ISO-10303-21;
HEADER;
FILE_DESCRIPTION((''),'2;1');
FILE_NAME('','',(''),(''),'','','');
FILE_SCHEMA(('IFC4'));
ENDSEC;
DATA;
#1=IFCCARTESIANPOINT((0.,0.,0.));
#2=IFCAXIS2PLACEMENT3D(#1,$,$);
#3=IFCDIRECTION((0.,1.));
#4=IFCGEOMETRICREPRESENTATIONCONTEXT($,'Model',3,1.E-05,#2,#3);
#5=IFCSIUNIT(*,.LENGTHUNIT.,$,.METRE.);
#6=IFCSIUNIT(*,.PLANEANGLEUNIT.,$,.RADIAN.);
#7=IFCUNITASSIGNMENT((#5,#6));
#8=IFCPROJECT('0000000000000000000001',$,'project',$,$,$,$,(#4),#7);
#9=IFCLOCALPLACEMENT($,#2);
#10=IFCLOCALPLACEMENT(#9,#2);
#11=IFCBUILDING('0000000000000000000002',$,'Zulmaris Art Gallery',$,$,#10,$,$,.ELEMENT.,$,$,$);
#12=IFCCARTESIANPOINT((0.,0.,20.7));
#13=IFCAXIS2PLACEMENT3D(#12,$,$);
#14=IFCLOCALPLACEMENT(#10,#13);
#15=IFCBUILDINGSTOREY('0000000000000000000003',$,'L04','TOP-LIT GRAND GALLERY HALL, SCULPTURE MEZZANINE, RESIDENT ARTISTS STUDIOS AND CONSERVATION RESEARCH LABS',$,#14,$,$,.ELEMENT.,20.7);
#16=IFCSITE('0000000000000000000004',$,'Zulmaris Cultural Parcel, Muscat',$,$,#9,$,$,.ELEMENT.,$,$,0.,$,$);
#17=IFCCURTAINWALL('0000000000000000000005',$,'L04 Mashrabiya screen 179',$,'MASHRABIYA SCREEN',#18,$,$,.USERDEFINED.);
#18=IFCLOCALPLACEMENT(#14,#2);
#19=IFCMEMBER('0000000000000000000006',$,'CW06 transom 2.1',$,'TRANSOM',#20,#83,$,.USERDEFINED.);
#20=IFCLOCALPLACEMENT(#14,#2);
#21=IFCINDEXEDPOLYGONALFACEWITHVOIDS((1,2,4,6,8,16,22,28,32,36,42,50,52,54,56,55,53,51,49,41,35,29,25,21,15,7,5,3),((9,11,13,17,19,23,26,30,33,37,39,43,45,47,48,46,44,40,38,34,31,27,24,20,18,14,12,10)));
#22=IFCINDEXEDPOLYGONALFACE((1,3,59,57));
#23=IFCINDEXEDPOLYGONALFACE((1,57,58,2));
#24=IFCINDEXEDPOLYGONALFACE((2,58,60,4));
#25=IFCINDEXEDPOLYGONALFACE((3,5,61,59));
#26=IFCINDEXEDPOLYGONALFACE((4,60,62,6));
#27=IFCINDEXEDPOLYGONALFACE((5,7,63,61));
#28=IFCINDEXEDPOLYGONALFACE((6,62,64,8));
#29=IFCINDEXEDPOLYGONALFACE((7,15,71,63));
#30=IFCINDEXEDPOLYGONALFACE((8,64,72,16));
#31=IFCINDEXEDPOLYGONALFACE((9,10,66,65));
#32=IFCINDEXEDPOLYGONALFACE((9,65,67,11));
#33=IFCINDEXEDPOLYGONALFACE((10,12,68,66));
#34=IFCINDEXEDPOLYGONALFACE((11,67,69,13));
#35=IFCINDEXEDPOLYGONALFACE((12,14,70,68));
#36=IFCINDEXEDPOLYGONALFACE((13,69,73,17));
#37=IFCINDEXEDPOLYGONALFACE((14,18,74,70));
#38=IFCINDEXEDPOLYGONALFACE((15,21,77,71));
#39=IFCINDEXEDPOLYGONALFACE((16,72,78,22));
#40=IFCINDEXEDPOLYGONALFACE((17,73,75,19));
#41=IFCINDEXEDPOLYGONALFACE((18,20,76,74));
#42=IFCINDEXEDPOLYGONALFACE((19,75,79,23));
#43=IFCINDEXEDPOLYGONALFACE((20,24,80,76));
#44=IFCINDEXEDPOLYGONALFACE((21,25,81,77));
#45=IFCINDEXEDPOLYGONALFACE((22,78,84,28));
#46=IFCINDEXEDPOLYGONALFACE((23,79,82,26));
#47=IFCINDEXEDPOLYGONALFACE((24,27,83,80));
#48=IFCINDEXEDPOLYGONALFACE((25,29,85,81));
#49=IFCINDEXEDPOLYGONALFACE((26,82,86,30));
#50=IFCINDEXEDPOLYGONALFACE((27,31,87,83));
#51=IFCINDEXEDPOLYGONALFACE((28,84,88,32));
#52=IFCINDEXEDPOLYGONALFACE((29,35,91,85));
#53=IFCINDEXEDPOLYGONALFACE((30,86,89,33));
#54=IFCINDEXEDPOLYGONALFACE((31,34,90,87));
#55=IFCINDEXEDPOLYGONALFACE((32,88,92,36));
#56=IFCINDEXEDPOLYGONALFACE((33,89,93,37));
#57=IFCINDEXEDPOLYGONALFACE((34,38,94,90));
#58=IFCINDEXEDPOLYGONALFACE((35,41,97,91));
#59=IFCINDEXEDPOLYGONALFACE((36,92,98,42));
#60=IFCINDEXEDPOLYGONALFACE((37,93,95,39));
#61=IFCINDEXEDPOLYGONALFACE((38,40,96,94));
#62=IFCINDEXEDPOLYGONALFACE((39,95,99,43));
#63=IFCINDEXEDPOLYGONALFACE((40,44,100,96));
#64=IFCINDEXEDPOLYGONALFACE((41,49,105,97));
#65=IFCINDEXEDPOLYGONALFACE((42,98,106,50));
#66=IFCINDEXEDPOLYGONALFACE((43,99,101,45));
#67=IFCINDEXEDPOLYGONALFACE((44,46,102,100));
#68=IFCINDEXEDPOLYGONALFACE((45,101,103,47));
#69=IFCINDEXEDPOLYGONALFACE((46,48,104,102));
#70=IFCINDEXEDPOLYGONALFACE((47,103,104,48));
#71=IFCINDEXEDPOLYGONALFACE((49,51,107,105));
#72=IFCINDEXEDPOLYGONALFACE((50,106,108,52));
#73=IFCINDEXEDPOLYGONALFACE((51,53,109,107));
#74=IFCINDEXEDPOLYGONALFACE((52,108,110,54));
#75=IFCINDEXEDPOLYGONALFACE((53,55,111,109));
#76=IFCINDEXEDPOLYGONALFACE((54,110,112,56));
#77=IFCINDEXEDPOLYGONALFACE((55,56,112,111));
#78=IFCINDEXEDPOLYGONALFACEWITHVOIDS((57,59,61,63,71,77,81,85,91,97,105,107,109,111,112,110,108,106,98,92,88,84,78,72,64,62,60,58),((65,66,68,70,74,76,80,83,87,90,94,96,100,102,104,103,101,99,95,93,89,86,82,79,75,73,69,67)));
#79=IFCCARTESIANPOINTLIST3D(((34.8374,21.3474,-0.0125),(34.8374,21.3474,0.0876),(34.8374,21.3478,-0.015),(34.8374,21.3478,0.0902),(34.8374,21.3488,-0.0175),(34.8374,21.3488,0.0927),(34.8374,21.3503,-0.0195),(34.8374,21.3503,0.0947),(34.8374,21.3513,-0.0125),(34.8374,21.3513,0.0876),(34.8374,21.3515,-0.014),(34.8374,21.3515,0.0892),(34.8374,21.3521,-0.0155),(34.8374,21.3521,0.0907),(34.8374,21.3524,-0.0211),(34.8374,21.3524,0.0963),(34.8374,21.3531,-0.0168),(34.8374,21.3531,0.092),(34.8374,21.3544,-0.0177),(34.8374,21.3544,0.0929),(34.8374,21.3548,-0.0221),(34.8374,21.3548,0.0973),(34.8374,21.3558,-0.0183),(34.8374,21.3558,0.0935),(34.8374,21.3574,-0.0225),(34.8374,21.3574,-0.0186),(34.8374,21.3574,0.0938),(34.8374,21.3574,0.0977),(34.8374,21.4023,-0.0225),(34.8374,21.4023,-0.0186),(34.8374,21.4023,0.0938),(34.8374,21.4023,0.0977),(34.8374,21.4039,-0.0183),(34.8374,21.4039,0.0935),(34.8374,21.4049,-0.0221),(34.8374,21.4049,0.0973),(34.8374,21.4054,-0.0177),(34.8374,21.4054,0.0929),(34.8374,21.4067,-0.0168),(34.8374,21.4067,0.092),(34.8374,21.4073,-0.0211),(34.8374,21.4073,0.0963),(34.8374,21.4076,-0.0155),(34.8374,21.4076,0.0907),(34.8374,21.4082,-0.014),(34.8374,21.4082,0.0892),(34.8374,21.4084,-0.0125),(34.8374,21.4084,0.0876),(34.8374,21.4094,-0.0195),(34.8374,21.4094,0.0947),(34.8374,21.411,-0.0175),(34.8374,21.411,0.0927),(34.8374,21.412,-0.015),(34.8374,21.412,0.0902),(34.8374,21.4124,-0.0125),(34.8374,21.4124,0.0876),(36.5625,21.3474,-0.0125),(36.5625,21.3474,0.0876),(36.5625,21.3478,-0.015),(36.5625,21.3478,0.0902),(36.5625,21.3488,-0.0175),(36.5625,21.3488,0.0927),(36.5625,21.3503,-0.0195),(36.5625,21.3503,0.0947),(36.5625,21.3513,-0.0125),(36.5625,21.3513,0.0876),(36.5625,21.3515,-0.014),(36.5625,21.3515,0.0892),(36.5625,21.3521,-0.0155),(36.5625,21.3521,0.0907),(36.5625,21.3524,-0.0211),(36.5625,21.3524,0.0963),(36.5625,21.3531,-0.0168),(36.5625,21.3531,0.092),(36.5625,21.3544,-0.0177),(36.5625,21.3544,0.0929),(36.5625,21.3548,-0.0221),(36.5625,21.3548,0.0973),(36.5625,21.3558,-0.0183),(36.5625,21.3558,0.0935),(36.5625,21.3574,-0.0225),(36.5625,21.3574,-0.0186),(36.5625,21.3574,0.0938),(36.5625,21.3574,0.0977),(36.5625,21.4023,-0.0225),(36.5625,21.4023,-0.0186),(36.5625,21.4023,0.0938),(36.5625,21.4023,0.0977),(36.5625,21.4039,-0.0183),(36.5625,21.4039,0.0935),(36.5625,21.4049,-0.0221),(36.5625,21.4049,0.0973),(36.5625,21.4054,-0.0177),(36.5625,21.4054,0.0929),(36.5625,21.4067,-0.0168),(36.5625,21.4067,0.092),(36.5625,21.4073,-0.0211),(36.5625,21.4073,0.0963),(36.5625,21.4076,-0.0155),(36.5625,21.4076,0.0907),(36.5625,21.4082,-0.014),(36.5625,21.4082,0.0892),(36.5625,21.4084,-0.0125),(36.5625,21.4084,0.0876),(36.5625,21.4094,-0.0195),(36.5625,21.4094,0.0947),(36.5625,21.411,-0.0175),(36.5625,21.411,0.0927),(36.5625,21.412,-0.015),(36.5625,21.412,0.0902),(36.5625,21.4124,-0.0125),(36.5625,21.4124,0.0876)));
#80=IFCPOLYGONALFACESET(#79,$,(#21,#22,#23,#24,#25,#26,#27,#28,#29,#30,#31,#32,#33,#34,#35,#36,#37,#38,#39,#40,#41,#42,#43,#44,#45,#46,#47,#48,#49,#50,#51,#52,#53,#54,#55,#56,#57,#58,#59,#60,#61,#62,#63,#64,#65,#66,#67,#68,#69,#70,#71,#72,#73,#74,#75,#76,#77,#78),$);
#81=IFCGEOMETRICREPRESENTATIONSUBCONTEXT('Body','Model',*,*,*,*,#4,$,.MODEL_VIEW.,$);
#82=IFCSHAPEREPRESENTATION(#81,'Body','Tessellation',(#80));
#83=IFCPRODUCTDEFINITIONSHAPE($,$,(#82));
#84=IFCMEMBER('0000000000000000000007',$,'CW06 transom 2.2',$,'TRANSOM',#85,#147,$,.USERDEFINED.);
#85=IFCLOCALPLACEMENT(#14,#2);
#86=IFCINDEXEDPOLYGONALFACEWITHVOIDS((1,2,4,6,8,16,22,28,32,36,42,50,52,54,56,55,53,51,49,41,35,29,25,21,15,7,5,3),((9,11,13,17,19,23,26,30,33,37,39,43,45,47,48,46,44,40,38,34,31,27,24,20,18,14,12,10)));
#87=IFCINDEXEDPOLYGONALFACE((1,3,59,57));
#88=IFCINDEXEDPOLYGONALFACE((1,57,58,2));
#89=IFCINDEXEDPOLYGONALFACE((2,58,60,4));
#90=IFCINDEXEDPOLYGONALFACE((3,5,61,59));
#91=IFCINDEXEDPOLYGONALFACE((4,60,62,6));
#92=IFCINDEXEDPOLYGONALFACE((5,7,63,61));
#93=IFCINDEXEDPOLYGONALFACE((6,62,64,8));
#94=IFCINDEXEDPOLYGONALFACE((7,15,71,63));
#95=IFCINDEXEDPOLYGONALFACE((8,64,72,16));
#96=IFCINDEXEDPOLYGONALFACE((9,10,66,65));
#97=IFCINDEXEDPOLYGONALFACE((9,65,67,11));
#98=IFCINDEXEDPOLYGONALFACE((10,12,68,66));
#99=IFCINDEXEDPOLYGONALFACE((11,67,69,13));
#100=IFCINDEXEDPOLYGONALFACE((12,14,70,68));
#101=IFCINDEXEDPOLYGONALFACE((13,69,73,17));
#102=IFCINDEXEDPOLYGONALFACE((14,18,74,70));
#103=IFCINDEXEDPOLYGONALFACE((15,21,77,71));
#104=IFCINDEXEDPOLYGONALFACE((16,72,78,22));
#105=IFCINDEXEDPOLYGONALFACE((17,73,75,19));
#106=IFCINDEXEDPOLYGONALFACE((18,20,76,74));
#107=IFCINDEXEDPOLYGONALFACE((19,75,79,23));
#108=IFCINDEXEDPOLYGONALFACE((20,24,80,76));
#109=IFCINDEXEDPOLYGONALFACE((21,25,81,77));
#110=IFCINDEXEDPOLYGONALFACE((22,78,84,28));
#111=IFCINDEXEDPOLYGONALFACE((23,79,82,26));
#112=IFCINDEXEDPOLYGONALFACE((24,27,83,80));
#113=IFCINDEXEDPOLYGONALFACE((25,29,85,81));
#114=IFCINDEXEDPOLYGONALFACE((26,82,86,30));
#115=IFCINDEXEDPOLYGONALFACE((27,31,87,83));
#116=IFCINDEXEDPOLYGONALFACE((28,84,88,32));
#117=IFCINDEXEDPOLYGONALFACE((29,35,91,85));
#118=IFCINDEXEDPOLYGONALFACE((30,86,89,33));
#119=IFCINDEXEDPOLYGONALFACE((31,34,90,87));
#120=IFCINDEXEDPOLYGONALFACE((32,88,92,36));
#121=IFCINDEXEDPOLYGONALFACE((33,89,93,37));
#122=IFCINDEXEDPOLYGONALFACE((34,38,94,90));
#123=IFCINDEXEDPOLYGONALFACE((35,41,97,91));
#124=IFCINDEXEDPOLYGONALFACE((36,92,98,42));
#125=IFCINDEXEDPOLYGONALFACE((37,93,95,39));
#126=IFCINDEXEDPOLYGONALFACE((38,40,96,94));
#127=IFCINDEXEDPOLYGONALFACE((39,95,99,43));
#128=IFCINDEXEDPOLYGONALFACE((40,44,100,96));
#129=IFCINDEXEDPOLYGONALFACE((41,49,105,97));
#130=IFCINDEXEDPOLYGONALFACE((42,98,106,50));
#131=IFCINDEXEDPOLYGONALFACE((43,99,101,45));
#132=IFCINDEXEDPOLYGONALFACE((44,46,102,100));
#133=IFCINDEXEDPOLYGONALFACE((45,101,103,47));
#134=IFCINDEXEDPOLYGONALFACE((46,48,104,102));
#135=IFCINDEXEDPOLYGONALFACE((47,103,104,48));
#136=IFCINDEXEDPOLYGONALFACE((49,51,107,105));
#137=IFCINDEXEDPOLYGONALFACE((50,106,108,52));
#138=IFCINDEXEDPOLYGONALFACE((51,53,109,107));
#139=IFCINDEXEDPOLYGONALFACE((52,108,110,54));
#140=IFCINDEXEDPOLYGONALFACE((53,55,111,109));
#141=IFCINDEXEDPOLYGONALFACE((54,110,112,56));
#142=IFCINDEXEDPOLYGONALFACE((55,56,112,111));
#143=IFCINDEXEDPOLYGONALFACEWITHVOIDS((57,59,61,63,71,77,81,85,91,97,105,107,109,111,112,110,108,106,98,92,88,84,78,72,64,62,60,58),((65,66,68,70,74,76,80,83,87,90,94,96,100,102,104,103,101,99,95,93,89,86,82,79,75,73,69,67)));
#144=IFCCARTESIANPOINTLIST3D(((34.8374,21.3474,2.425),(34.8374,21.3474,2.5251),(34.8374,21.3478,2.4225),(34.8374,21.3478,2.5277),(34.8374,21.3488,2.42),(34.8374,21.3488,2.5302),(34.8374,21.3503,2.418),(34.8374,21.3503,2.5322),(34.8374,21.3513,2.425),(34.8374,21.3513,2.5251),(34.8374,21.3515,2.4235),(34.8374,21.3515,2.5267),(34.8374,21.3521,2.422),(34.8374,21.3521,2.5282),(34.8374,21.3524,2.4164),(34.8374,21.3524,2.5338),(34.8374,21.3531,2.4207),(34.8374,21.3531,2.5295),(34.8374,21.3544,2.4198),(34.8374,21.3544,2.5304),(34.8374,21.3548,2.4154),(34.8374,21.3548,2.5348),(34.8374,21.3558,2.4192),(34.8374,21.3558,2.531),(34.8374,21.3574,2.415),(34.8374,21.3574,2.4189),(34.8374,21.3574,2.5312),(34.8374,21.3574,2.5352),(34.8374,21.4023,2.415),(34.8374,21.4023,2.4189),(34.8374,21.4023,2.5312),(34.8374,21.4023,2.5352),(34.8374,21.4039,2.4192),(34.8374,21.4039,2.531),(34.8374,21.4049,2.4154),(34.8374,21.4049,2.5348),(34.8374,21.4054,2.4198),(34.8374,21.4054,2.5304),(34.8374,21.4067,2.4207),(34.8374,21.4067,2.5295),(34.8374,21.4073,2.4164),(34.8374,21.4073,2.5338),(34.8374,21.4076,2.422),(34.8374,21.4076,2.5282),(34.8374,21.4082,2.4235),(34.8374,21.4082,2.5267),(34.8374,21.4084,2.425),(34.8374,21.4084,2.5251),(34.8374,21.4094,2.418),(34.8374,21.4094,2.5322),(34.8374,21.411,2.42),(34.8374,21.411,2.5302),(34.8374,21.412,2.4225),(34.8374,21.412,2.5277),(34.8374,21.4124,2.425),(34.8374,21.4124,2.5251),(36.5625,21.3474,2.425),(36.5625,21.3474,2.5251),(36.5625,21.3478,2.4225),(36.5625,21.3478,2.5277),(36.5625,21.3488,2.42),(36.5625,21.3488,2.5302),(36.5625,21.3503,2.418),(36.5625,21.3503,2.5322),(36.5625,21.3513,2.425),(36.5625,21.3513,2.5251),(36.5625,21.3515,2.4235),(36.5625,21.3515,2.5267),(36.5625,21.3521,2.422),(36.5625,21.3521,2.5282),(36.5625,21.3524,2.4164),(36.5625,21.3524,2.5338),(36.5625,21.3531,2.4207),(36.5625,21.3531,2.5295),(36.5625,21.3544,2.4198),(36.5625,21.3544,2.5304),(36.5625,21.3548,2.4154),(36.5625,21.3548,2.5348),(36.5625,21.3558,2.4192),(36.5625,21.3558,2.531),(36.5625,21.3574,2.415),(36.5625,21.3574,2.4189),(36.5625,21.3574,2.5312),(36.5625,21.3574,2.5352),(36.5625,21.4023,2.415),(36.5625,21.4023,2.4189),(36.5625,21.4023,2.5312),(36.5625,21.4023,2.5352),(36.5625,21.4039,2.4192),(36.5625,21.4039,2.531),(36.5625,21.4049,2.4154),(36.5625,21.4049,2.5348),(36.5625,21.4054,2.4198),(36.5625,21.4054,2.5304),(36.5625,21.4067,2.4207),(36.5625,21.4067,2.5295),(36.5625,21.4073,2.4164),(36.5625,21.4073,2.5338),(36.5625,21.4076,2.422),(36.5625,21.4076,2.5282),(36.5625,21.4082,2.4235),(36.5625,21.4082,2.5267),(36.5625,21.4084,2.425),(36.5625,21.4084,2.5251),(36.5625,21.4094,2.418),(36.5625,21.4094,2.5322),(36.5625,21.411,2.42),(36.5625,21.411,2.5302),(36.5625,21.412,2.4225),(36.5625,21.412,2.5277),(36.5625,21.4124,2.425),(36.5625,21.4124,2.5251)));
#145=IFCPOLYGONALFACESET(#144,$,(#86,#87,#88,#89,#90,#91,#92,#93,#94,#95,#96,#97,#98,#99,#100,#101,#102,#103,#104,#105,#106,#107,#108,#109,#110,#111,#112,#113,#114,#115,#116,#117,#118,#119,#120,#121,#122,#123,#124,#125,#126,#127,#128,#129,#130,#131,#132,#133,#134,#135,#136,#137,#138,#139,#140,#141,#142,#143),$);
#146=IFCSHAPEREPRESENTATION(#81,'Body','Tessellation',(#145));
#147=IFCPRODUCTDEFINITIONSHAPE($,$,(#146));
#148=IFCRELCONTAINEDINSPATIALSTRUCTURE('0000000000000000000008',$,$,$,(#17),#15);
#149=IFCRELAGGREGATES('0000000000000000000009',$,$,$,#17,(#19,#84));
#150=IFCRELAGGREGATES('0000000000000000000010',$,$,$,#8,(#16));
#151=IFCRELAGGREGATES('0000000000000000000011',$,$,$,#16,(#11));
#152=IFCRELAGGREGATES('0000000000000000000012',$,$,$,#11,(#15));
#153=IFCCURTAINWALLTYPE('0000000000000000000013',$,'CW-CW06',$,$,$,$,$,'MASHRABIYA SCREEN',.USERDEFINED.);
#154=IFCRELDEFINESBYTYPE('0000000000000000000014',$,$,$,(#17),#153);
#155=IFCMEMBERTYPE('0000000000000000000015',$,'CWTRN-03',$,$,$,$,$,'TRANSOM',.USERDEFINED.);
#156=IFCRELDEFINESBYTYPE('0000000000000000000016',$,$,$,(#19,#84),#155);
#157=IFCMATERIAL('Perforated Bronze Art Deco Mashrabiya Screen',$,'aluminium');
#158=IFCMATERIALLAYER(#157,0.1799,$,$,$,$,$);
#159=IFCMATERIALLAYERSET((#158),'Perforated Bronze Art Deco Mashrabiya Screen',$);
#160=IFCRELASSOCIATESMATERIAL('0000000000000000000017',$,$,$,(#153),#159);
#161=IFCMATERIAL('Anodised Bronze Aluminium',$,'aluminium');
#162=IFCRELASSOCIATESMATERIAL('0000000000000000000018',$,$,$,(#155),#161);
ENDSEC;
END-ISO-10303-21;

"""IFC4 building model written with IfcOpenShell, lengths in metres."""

from ifc_helpers import new_model, si_unit, direction, frame, origin, origin_2d, place, context, subcontext, project, spatial, hollow_rectangle, extrude, material, layer, layer_set, material_profile, profile_set, type_object, element, aggregate, save


model = new_model("IFC4")

# Units and contexts
model_context = context("Model", 3, precision=1e-05, world=origin(), true_north=direction((0.0, 1.0)))
body_context = subcontext(model_context, "Body", "Model", "MODEL_VIEW")
ifc_project = project(units=[si_unit("LENGTHUNIT", "METRE"), si_unit("PLANEANGLEUNIT", "RADIAN")], contexts=[model_context])

# Site, building, storey
site_placement = place(None, origin())
site = spatial("IfcSite", under=ifc_project, at=site_placement, Name="Zulmaris Cultural Parcel, Muscat", CompositionType="ELEMENT", RefElevation=0.0)
building_placement = place(site_placement, origin())
building = spatial("IfcBuilding", under=site, at=building_placement, Name="Zulmaris Art Gallery", CompositionType="ELEMENT")
storey_placement = place(building_placement, frame((0.0, 0.0, 20.7)))
storey = spatial("IfcBuildingStorey", under=building, at=storey_placement, Name="L04", Description="TOP-LIT GRAND GALLERY HALL, SCULPTURE MEZZANINE, RESIDENT ARTISTS STUDIOS AND CONSERVATION RESEARCH LABS", CompositionType="ELEMENT", Elevation=20.7)

# Shared definitions
ifc_material_1 = material(Name="Anodised Bronze Aluminium", Category="aluminium")
ifc_material_2 = material(Name="Perforated Bronze Art Deco Mashrabiya Screen", Category="aluminium")
ifc_layer_1 = layer(ifc_material_2, 0.1799)
ifc_layer_set_1 = layer_set([ifc_layer_1], Name="Perforated Bronze Art Deco Mashrabiya Screen")
curtain_wall_type_1 = type_object("IfcCurtainWallType", Name="CW-CW06", ElementType="MASHRABIYA SCREEN", PredefinedType="USERDEFINED", material=ifc_layer_set_1)

# Curtain wall, members
curtain_wall_1_placement = place(storey_placement, origin())
curtain_wall_1 = element("IfcCurtainWall", 1, at=curtain_wall_1_placement, inside=storey, type_object=curtain_wall_type_1, Name="L04 Mashrabiya screen 179", ObjectType="MASHRABIYA SCREEN", PredefinedType="USERDEFINED")
ifc_material_profile_1 = material_profile(ifc_material_1, hollow_rectangle(XDim=0.0649, YDim=0.1201, WallThickness=0.0039, InnerFilletRadius=0.0061, OuterFilletRadius=0.01, at=origin_2d()), Name="ALU 65x120x4")
ifc_profile_set_1 = profile_set([ifc_material_profile_1], Name="Anodised Bronze Aluminium")
member_type_1 = type_object("IfcMemberType", Name="CWTRN-03", ElementType="TRANSOM", PredefinedType="USERDEFINED", material=ifc_profile_set_1)
member_1_placement = place(storey_placement, frame((34.8374, 21.3799, 0.0376), z_axis=(1.0, 0.0, 0.0), x_axis=(0.0, 1.0, 0.0)))
member_1 = element("IfcMember", 2, at=member_1_placement, type_object=member_type_1, Name="CW06 transom 2.1", ObjectType="TRANSOM", PredefinedType="USERDEFINED", context=body_context, shape_type="SweptSolid", body=[
    extrude(hollow_rectangle(XDim=0.0649, YDim=0.1201, WallThickness=0.0039, InnerFilletRadius=0.0061, OuterFilletRadius=0.01, at=origin_2d()), origin(), (0.0, 0.0, 1.0), 1.7251),
])
member_2_placement = place(storey_placement, frame((34.8374, 21.3799, 2.4751), z_axis=(1.0, 0.0, 0.0), x_axis=(0.0, 1.0, 0.0)))
member_2 = element("IfcMember", 3, at=member_2_placement, type_object=member_type_1, Name="CW06 transom 2.2", ObjectType="TRANSOM", PredefinedType="USERDEFINED", context=body_context, shape_type="SweptSolid", body=[
    extrude(hollow_rectangle(XDim=0.0649, YDim=0.1201, WallThickness=0.0039, InnerFilletRadius=0.0061, OuterFilletRadius=0.01, at=origin_2d()), origin(), (0.0, 0.0, 1.0), 1.7251),
])

aggregate(curtain_wall_1, [member_1, member_2])

save(model, "model.ifc")
